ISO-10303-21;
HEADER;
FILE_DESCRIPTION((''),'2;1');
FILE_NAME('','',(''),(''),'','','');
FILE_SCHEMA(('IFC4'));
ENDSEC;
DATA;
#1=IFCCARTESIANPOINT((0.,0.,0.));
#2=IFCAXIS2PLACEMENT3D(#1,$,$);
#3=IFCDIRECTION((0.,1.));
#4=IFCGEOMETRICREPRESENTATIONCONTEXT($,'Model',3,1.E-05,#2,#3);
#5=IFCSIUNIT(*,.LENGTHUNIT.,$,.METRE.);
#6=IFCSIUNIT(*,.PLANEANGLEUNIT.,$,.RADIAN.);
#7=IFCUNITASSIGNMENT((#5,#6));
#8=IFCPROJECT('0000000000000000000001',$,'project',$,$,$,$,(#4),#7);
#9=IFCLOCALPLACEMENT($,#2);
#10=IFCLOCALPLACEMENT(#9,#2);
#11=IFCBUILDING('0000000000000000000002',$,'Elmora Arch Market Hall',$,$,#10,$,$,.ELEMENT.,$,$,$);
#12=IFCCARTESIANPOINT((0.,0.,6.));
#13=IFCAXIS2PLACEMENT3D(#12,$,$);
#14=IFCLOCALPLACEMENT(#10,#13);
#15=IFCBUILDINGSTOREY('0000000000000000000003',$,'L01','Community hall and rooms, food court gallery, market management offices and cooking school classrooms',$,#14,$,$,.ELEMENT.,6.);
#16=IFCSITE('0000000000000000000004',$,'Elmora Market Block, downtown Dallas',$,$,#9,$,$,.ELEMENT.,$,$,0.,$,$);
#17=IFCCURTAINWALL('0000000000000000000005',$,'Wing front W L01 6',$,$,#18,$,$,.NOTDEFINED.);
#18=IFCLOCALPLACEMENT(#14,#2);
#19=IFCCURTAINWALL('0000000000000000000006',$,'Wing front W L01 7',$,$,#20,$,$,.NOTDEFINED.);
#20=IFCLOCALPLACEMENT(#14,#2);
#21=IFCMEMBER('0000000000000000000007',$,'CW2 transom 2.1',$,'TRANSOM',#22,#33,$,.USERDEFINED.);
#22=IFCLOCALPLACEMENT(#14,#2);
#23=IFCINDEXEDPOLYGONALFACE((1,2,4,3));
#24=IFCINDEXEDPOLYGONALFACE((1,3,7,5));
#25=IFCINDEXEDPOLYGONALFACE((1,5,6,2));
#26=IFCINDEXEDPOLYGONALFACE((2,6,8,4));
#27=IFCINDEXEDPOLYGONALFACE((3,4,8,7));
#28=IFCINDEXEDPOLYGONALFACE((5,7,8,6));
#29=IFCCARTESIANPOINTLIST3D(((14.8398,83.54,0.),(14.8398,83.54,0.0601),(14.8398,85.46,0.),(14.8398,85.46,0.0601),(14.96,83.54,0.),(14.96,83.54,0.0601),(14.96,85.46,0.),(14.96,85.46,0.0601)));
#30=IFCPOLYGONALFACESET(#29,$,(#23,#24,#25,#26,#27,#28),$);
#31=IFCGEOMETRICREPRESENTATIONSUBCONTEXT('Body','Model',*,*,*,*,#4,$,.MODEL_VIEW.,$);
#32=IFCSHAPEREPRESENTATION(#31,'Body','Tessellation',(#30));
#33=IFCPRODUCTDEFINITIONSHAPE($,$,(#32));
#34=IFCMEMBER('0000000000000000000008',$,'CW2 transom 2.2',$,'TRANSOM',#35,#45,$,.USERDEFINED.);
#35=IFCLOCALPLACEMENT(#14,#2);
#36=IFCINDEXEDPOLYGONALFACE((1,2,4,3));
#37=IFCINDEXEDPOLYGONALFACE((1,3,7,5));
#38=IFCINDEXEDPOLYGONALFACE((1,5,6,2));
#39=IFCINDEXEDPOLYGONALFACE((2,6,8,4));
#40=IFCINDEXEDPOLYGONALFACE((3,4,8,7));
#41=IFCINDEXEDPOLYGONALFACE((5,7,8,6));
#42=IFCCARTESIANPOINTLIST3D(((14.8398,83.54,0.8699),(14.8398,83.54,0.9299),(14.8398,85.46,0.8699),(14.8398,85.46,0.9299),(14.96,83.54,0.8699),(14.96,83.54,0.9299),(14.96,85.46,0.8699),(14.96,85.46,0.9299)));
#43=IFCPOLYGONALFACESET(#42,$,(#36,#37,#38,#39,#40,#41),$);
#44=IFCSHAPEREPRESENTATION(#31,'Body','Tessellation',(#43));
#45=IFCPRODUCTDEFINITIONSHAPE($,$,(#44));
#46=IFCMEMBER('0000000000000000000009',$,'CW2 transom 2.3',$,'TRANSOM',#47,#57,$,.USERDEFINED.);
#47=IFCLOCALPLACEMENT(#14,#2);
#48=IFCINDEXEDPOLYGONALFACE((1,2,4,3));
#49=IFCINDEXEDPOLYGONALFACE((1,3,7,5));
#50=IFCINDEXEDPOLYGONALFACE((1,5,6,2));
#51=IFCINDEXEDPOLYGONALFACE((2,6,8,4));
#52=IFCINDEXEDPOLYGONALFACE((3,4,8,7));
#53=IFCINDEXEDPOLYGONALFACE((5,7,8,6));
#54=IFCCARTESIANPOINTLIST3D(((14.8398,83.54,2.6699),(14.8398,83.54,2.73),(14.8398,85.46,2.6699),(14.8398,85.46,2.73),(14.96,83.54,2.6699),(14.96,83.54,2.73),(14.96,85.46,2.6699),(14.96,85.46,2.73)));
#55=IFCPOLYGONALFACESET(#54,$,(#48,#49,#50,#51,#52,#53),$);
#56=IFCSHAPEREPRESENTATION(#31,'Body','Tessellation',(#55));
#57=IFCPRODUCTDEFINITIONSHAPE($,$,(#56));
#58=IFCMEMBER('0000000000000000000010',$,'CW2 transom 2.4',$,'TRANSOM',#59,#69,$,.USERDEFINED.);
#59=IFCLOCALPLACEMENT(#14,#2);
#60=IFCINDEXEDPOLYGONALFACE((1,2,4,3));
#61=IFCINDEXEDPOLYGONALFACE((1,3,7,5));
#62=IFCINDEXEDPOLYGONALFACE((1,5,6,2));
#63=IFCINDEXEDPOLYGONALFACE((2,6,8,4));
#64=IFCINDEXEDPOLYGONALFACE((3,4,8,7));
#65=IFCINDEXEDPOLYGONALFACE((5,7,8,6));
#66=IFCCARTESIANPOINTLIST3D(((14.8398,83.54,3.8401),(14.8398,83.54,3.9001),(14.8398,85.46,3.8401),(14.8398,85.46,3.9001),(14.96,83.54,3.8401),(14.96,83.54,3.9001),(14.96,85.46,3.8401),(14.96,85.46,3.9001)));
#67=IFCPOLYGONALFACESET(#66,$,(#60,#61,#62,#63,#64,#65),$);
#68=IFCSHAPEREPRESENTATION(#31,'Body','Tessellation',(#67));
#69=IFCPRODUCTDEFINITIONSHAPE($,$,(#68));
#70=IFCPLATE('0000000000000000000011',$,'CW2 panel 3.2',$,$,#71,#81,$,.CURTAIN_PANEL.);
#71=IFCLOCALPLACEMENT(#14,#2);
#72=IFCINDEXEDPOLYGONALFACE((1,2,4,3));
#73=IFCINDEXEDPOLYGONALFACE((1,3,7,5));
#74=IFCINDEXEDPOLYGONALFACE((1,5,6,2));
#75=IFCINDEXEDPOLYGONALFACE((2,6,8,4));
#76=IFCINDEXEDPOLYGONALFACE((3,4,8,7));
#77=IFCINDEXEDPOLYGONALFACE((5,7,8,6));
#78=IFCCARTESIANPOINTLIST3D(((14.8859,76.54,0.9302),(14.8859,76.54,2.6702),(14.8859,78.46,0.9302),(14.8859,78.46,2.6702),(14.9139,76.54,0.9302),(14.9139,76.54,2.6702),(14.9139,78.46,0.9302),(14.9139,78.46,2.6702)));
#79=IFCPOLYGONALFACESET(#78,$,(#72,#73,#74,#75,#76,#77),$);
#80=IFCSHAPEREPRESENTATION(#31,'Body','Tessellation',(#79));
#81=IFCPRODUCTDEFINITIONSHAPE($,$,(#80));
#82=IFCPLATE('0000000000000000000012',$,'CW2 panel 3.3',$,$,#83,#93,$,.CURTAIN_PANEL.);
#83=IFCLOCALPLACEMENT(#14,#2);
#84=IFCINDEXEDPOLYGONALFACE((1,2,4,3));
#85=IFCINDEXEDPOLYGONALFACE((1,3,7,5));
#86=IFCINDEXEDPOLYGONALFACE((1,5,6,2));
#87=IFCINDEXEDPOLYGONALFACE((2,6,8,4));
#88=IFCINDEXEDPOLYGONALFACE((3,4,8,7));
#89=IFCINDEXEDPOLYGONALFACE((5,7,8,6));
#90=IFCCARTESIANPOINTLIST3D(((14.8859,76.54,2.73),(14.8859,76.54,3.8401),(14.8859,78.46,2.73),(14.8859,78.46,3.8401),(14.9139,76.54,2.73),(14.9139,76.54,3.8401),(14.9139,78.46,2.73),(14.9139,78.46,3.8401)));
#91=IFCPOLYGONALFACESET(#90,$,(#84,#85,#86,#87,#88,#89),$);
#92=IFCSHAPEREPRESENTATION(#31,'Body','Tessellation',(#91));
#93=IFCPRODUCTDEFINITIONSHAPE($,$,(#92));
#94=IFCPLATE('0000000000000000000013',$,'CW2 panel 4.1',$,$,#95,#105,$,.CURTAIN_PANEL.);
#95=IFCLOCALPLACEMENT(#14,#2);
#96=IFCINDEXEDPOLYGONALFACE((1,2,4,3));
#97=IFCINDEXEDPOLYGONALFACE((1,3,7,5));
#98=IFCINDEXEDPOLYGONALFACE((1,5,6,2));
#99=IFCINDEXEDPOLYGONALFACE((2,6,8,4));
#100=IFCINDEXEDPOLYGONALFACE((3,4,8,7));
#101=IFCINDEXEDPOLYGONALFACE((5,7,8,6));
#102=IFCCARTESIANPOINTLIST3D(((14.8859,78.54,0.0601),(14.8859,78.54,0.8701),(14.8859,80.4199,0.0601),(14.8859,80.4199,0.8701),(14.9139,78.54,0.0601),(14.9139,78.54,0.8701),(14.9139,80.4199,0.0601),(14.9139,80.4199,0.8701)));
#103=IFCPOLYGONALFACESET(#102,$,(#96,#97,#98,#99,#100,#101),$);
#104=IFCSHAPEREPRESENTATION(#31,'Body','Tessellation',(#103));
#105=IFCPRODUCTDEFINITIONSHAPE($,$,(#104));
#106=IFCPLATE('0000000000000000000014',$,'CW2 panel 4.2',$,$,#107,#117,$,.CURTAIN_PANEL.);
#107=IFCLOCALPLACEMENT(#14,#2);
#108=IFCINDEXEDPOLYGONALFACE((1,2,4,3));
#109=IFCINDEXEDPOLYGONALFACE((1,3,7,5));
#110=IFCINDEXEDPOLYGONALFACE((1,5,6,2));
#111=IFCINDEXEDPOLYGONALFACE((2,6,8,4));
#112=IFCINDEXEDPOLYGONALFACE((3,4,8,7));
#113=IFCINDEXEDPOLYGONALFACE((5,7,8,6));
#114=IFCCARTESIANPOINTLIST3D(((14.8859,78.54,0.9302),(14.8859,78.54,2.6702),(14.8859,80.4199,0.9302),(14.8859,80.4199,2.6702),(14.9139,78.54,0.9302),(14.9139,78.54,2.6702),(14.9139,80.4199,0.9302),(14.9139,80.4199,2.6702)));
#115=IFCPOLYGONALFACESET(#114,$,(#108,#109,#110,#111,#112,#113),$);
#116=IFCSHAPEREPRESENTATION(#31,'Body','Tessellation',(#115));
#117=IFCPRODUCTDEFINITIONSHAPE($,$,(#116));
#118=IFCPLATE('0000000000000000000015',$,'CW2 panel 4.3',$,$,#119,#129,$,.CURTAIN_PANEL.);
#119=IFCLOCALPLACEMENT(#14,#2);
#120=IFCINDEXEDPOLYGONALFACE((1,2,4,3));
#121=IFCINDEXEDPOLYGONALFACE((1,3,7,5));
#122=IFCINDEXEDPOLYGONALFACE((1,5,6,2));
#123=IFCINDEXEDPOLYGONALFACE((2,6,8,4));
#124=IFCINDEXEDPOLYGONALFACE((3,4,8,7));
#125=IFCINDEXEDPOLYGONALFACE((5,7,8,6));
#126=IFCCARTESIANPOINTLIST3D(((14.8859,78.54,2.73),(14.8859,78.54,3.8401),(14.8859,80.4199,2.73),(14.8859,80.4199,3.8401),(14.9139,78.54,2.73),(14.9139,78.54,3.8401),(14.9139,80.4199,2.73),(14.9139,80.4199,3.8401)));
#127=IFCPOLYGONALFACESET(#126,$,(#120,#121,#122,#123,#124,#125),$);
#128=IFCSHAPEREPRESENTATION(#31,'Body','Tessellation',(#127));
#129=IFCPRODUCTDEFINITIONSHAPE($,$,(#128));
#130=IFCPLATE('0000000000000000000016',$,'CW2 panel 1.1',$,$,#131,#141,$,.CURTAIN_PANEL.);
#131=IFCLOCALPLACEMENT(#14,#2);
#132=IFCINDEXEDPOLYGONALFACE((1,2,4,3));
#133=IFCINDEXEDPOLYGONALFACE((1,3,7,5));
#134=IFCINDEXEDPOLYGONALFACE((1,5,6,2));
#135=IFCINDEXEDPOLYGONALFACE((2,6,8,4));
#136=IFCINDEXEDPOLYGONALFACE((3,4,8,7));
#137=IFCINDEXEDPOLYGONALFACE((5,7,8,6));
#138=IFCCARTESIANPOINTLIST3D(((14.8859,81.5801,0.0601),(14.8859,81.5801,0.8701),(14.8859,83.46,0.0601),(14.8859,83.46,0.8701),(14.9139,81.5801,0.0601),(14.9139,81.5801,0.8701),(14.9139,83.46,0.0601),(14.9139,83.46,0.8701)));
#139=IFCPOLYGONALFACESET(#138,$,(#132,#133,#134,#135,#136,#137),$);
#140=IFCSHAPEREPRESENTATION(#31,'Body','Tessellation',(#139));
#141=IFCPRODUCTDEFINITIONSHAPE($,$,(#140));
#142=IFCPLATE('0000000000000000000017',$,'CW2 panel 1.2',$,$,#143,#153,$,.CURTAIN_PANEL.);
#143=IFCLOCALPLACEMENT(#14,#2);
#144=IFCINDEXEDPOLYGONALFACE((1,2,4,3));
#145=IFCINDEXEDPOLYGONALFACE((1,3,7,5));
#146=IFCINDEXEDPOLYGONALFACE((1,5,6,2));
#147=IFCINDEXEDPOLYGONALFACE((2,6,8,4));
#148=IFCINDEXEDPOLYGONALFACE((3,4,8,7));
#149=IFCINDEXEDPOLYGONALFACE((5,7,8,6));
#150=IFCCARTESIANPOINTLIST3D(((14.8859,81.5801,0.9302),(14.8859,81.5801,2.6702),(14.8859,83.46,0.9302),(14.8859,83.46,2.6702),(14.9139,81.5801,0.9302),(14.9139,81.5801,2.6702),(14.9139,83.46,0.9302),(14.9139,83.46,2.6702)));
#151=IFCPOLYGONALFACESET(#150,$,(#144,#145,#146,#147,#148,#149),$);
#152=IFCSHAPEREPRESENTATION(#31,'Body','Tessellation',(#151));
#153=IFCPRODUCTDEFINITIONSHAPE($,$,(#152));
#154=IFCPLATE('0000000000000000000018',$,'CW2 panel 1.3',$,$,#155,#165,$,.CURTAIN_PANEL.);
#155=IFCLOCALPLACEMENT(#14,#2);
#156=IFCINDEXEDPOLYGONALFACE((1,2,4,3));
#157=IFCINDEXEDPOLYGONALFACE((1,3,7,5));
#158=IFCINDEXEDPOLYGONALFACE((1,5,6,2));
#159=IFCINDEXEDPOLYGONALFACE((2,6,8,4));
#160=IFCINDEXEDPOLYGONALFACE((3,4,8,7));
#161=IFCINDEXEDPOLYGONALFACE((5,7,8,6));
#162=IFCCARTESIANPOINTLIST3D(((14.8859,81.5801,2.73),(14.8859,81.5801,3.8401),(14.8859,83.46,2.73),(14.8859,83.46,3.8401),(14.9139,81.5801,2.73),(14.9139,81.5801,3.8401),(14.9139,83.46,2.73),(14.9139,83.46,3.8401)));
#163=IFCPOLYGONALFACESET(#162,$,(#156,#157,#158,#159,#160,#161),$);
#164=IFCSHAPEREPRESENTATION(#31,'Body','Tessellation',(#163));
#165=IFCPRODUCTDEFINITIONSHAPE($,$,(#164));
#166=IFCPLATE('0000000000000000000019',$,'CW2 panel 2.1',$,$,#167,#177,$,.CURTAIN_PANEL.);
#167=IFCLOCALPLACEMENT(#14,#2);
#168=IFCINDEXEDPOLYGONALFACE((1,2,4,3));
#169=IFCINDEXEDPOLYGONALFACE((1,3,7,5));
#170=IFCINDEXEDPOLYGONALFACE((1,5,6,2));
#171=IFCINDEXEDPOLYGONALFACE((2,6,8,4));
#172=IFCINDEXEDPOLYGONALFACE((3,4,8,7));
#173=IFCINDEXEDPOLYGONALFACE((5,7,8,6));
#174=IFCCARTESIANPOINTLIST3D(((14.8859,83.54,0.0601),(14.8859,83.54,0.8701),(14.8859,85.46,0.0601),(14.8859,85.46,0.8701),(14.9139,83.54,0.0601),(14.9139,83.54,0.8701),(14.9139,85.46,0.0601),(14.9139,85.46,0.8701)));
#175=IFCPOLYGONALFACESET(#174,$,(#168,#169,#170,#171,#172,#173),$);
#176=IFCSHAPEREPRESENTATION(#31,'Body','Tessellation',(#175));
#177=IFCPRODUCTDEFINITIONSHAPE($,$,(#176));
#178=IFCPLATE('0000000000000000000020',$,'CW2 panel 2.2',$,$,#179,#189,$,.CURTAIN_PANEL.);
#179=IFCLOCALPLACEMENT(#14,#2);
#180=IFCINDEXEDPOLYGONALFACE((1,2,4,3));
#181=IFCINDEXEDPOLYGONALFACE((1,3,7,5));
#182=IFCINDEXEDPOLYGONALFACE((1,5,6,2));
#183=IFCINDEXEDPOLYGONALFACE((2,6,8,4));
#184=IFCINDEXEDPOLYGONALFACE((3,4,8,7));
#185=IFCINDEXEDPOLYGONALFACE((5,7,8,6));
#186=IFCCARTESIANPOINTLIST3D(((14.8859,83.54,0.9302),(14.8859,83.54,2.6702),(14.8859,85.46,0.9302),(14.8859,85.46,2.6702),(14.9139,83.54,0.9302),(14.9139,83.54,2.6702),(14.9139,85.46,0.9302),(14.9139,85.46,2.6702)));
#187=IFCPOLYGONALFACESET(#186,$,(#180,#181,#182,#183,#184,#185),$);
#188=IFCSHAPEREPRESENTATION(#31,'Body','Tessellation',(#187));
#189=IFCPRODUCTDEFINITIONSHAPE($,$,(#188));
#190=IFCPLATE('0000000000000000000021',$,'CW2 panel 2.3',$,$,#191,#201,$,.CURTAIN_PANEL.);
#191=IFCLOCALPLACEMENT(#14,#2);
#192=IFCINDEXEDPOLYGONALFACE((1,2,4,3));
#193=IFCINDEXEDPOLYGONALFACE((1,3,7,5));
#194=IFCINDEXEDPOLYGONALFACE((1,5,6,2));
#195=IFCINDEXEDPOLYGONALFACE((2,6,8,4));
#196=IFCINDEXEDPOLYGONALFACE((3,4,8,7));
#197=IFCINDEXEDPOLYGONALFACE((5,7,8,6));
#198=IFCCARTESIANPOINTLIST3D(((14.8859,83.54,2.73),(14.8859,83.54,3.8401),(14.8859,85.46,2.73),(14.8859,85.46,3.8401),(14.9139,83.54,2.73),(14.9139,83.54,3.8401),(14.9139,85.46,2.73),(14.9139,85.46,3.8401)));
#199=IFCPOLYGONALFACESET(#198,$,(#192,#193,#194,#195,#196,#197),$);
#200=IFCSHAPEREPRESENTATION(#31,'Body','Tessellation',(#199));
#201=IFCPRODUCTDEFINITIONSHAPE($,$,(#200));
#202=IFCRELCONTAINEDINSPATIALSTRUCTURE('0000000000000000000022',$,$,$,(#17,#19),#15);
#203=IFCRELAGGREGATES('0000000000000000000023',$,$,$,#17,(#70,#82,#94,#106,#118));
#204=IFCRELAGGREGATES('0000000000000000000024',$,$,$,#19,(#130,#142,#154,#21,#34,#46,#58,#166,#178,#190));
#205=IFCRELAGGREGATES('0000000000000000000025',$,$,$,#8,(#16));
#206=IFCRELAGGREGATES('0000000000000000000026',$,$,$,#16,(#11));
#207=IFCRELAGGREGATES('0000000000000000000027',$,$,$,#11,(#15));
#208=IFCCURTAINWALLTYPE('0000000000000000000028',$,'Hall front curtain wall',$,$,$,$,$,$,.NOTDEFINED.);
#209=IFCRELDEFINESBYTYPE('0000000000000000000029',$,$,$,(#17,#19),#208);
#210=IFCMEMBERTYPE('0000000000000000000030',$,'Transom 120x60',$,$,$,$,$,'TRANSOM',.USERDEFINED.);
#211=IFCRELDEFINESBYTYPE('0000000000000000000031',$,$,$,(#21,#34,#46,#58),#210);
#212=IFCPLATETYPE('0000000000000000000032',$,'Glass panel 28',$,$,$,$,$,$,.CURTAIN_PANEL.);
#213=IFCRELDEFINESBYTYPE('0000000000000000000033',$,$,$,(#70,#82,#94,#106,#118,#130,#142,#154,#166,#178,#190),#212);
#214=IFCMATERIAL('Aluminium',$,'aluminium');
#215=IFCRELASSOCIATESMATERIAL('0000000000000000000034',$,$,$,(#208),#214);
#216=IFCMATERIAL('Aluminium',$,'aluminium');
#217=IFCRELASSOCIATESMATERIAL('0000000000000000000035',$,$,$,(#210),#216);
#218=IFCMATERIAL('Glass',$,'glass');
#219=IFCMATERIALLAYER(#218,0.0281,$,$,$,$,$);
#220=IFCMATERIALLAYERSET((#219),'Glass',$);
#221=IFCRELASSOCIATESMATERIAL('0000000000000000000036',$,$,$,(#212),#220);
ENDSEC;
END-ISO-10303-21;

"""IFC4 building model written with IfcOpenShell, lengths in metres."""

from ifc_helpers import new_model, si_unit, direction, frame, origin, origin_2d, place, context, subcontext, project, spatial, rectangle, extrude, material, layer, layer_set, material_profile, profile_set, type_object, element, aggregate, save


model = new_model("IFC4")

# Units and contexts
model_context = context("Model", 3, precision=1e-05, world=origin(), true_north=direction((0.0, 1.0)))
body_context = subcontext(model_context, "Body", "Model", "MODEL_VIEW")
ifc_project = project(units=[si_unit("LENGTHUNIT", "METRE"), si_unit("PLANEANGLEUNIT", "RADIAN")], contexts=[model_context])

# Site, building, storey
site_placement = place(None, origin())
site = spatial("IfcSite", under=ifc_project, at=site_placement, Name="Elmora Market Block, downtown Dallas", CompositionType="ELEMENT", RefElevation=0.0)
building_placement = place(site_placement, origin())
building = spatial("IfcBuilding", under=site, at=building_placement, Name="Elmora Arch Market Hall", CompositionType="ELEMENT")
storey_placement = place(building_placement, frame((0.0, 0.0, 6.0)))
storey = spatial("IfcBuildingStorey", under=building, at=storey_placement, Name="L01", Description="Community hall and rooms, food court gallery, market management offices and cooking school classrooms", CompositionType="ELEMENT", Elevation=6.0)

# Curtain walls
ifc_material_1 = material(Name="Aluminium", Category="aluminium")
curtain_wall_type = type_object("IfcCurtainWallType", Name="Hall front curtain wall", PredefinedType="NOTDEFINED", material=ifc_material_1)
curtain_wall_1_placement = place(storey_placement, origin())
curtain_wall_1 = element("IfcCurtainWall", 1, at=curtain_wall_1_placement, inside=storey, type_object=curtain_wall_type, Name="Wing front W L01 6", PredefinedType="NOTDEFINED")
curtain_wall_2_placement = place(storey_placement, origin())
curtain_wall_2 = element("IfcCurtainWall", 2, at=curtain_wall_2_placement, inside=storey, type_object=curtain_wall_type, Name="Wing front W L01 7", PredefinedType="NOTDEFINED")

# Members
ifc_material_2 = material(Name="Aluminium", Category="aluminium")
ifc_material_profile_1 = material_profile(ifc_material_2, rectangle(XDim=0.1201, YDim=0.0601, at=origin_2d()), Name="AL 120x60")
ifc_profile_set_1 = profile_set([ifc_material_profile_1], Name="Aluminium")
member_type_1 = type_object("IfcMemberType", Name="Transom 120x60", ElementType="TRANSOM", PredefinedType="USERDEFINED", material=ifc_profile_set_1)
member_1_placement = place(storey_placement, frame((14.8999, 83.54, 0.03), z_axis=(0.0, 1.0, 0.0), x_axis=(-1.0, 0.0, 0.0)))
member_1 = element("IfcMember", 3, at=member_1_placement, type_object=member_type_1, Name="CW2 transom 2.1", ObjectType="TRANSOM", PredefinedType="USERDEFINED", context=body_context, shape_type="SweptSolid", body=[
    extrude(rectangle(XDim=0.1201, YDim=0.0601, at=origin_2d()), origin(), (0.0, 0.0, 1.0), 1.9199),
])
member_2_placement = place(storey_placement, frame((14.8999, 83.54, 0.8999), z_axis=(0.0, 1.0, 0.0), x_axis=(-1.0, 0.0, 0.0)))
member_2 = element("IfcMember", 4, at=member_2_placement, type_object=member_type_1, Name="CW2 transom 2.2", ObjectType="TRANSOM", PredefinedType="USERDEFINED", context=body_context, shape_type="SweptSolid", body=[
    extrude(rectangle(XDim=0.1201, YDim=0.0601, at=origin_2d()), origin(), (0.0, 0.0, 1.0), 1.9199),
])
member_3_placement = place(storey_placement, frame((14.8999, 83.54, 2.7), z_axis=(0.0, 1.0, 0.0), x_axis=(-1.0, 0.0, 0.0)))
member_3 = element("IfcMember", 5, at=member_3_placement, type_object=member_type_1, Name="CW2 transom 2.3", ObjectType="TRANSOM", PredefinedType="USERDEFINED", context=body_context, shape_type="SweptSolid", body=[
    extrude(rectangle(XDim=0.1201, YDim=0.0601, at=origin_2d()), origin(), (0.0, 0.0, 1.0), 1.9199),
])
member_4_placement = place(storey_placement, frame((14.8999, 83.54, 3.8701), z_axis=(0.0, 1.0, 0.0), x_axis=(-1.0, 0.0, 0.0)))
member_4 = element("IfcMember", 6, at=member_4_placement, type_object=member_type_1, Name="CW2 transom 2.4", ObjectType="TRANSOM", PredefinedType="USERDEFINED", context=body_context, shape_type="SweptSolid", body=[
    extrude(rectangle(XDim=0.1201, YDim=0.0601, at=origin_2d()), origin(), (0.0, 0.0, 1.0), 1.9199),
])

# Plates
ifc_material_3 = material(Name="Glass", Category="glass")
ifc_layer = layer(ifc_material_3, 0.0281)
ifc_layer_set = layer_set([ifc_layer], Name="Glass")
plate_type = type_object("IfcPlateType", Name="Glass panel 28", PredefinedType="CURTAIN_PANEL", material=ifc_layer_set)
plate_1_placement = place(storey_placement, frame((14.8999, 77.5, 0.9302), z_axis=(0.0, 0.0, 1.0), x_axis=(0.0, 1.0, 0.0)))
plate_1 = element("IfcPlate", 7, at=plate_1_placement, type_object=plate_type, Name="CW2 panel 3.2", PredefinedType="CURTAIN_PANEL", context=body_context, shape_type="SweptSolid", body=[
    extrude(rectangle(XDim=1.9199, YDim=0.0281, at=origin_2d()), origin(), (0.0, 0.0, 1.0), 1.74),
])
plate_2_placement = place(storey_placement, frame((14.8999, 77.5, 2.73), z_axis=(0.0, 0.0, 1.0), x_axis=(0.0, 1.0, 0.0)))
plate_2 = element("IfcPlate", 8, at=plate_2_placement, type_object=plate_type, Name="CW2 panel 3.3", PredefinedType="CURTAIN_PANEL", context=body_context, shape_type="SweptSolid", body=[
    extrude(rectangle(XDim=1.9199, YDim=0.0281, at=origin_2d()), origin(), (0.0, 0.0, 1.0), 1.1101),
])
plate_3_placement = place(storey_placement, frame((14.8999, 79.48, 0.0601), z_axis=(0.0, 0.0, 1.0), x_axis=(0.0, 1.0, 0.0)))
plate_3 = element("IfcPlate", 9, at=plate_3_placement, type_object=plate_type, Name="CW2 panel 4.1", PredefinedType="CURTAIN_PANEL", context=body_context, shape_type="SweptSolid", body=[
    extrude(rectangle(XDim=1.8799, YDim=0.0281, at=origin_2d()), origin(), (0.0, 0.0, 1.0), 0.8101),
])
plate_4_placement = place(storey_placement, frame((14.8999, 79.48, 0.9302), z_axis=(0.0, 0.0, 1.0), x_axis=(0.0, 1.0, 0.0)))
plate_4 = element("IfcPlate", 10, at=plate_4_placement, type_object=plate_type, Name="CW2 panel 4.2", PredefinedType="CURTAIN_PANEL", context=body_context, shape_type="SweptSolid", body=[
    extrude(rectangle(XDim=1.8799, YDim=0.0281, at=origin_2d()), origin(), (0.0, 0.0, 1.0), 1.74),
])
plate_5_placement = place(storey_placement, frame((14.8999, 79.48, 2.73), z_axis=(0.0, 0.0, 1.0), x_axis=(0.0, 1.0, 0.0)))
plate_5 = element("IfcPlate", 11, at=plate_5_placement, type_object=plate_type, Name="CW2 panel 4.3", PredefinedType="CURTAIN_PANEL", context=body_context, shape_type="SweptSolid", body=[
    extrude(rectangle(XDim=1.8799, YDim=0.0281, at=origin_2d()), origin(), (0.0, 0.0, 1.0), 1.1101),
])
aggregate(curtain_wall_1, [plate_1, plate_2, plate_3, plate_4, plate_5])
plate_6_placement = place(storey_placement, frame((14.8999, 82.52, 0.0601), z_axis=(0.0, 0.0, 1.0), x_axis=(0.0, 1.0, 0.0)))
plate_6 = element("IfcPlate", 12, at=plate_6_placement, type_object=plate_type, Name="CW2 panel 1.1", PredefinedType="CURTAIN_PANEL", context=body_context, shape_type="SweptSolid", body=[
    extrude(rectangle(XDim=1.8799, YDim=0.0281, at=origin_2d()), origin(), (0.0, 0.0, 1.0), 0.8101),
])
plate_7_placement = place(storey_placement, frame((14.8999, 82.52, 0.9302), z_axis=(0.0, 0.0, 1.0), x_axis=(0.0, 1.0, 0.0)))
plate_7 = element("IfcPlate", 13, at=plate_7_placement, type_object=plate_type, Name="CW2 panel 1.2", PredefinedType="CURTAIN_PANEL", context=body_context, shape_type="SweptSolid", body=[
    extrude(rectangle(XDim=1.8799, YDim=0.0281, at=origin_2d()), origin(), (0.0, 0.0, 1.0), 1.74),
])
plate_8_placement = place(storey_placement, frame((14.8999, 82.52, 2.73), z_axis=(0.0, 0.0, 1.0), x_axis=(0.0, 1.0, 0.0)))
plate_8 = element("IfcPlate", 14, at=plate_8_placement, type_object=plate_type, Name="CW2 panel 1.3", PredefinedType="CURTAIN_PANEL", context=body_context, shape_type="SweptSolid", body=[
    extrude(rectangle(XDim=1.8799, YDim=0.0281, at=origin_2d()), origin(), (0.0, 0.0, 1.0), 1.1101),
])
plate_9_placement = place(storey_placement, frame((14.8999, 84.5, 0.0601), z_axis=(0.0, 0.0, 1.0), x_axis=(0.0, 1.0, 0.0)))
plate_9 = element("IfcPlate", 15, at=plate_9_placement, type_object=plate_type, Name="CW2 panel 2.1", PredefinedType="CURTAIN_PANEL", context=body_context, shape_type="SweptSolid", body=[
    extrude(rectangle(XDim=1.9199, YDim=0.0281, at=origin_2d()), origin(), (0.0, 0.0, 1.0), 0.8101),
])
plate_10_placement = place(storey_placement, frame((14.8999, 84.5, 0.9302), z_axis=(0.0, 0.0, 1.0), x_axis=(0.0, 1.0, 0.0)))
plate_10 = element("IfcPlate", 16, at=plate_10_placement, type_object=plate_type, Name="CW2 panel 2.2", PredefinedType="CURTAIN_PANEL", context=body_context, shape_type="SweptSolid", body=[
    extrude(rectangle(XDim=1.9199, YDim=0.0281, at=origin_2d()), origin(), (0.0, 0.0, 1.0), 1.74),
])
plate_11_placement = place(storey_placement, frame((14.8999, 84.5, 2.73), z_axis=(0.0, 0.0, 1.0), x_axis=(0.0, 1.0, 0.0)))
plate_11 = element("IfcPlate", 17, at=plate_11_placement, type_object=plate_type, Name="CW2 panel 2.3", PredefinedType="CURTAIN_PANEL", context=body_context, shape_type="SweptSolid", body=[
    extrude(rectangle(XDim=1.9199, YDim=0.0281, at=origin_2d()), origin(), (0.0, 0.0, 1.0), 1.1101),
])
aggregate(curtain_wall_2, [plate_6, plate_7, plate_8, member_1, member_2, member_3, member_4, plate_9, plate_10, plate_11])

save(model, "model.ifc")
